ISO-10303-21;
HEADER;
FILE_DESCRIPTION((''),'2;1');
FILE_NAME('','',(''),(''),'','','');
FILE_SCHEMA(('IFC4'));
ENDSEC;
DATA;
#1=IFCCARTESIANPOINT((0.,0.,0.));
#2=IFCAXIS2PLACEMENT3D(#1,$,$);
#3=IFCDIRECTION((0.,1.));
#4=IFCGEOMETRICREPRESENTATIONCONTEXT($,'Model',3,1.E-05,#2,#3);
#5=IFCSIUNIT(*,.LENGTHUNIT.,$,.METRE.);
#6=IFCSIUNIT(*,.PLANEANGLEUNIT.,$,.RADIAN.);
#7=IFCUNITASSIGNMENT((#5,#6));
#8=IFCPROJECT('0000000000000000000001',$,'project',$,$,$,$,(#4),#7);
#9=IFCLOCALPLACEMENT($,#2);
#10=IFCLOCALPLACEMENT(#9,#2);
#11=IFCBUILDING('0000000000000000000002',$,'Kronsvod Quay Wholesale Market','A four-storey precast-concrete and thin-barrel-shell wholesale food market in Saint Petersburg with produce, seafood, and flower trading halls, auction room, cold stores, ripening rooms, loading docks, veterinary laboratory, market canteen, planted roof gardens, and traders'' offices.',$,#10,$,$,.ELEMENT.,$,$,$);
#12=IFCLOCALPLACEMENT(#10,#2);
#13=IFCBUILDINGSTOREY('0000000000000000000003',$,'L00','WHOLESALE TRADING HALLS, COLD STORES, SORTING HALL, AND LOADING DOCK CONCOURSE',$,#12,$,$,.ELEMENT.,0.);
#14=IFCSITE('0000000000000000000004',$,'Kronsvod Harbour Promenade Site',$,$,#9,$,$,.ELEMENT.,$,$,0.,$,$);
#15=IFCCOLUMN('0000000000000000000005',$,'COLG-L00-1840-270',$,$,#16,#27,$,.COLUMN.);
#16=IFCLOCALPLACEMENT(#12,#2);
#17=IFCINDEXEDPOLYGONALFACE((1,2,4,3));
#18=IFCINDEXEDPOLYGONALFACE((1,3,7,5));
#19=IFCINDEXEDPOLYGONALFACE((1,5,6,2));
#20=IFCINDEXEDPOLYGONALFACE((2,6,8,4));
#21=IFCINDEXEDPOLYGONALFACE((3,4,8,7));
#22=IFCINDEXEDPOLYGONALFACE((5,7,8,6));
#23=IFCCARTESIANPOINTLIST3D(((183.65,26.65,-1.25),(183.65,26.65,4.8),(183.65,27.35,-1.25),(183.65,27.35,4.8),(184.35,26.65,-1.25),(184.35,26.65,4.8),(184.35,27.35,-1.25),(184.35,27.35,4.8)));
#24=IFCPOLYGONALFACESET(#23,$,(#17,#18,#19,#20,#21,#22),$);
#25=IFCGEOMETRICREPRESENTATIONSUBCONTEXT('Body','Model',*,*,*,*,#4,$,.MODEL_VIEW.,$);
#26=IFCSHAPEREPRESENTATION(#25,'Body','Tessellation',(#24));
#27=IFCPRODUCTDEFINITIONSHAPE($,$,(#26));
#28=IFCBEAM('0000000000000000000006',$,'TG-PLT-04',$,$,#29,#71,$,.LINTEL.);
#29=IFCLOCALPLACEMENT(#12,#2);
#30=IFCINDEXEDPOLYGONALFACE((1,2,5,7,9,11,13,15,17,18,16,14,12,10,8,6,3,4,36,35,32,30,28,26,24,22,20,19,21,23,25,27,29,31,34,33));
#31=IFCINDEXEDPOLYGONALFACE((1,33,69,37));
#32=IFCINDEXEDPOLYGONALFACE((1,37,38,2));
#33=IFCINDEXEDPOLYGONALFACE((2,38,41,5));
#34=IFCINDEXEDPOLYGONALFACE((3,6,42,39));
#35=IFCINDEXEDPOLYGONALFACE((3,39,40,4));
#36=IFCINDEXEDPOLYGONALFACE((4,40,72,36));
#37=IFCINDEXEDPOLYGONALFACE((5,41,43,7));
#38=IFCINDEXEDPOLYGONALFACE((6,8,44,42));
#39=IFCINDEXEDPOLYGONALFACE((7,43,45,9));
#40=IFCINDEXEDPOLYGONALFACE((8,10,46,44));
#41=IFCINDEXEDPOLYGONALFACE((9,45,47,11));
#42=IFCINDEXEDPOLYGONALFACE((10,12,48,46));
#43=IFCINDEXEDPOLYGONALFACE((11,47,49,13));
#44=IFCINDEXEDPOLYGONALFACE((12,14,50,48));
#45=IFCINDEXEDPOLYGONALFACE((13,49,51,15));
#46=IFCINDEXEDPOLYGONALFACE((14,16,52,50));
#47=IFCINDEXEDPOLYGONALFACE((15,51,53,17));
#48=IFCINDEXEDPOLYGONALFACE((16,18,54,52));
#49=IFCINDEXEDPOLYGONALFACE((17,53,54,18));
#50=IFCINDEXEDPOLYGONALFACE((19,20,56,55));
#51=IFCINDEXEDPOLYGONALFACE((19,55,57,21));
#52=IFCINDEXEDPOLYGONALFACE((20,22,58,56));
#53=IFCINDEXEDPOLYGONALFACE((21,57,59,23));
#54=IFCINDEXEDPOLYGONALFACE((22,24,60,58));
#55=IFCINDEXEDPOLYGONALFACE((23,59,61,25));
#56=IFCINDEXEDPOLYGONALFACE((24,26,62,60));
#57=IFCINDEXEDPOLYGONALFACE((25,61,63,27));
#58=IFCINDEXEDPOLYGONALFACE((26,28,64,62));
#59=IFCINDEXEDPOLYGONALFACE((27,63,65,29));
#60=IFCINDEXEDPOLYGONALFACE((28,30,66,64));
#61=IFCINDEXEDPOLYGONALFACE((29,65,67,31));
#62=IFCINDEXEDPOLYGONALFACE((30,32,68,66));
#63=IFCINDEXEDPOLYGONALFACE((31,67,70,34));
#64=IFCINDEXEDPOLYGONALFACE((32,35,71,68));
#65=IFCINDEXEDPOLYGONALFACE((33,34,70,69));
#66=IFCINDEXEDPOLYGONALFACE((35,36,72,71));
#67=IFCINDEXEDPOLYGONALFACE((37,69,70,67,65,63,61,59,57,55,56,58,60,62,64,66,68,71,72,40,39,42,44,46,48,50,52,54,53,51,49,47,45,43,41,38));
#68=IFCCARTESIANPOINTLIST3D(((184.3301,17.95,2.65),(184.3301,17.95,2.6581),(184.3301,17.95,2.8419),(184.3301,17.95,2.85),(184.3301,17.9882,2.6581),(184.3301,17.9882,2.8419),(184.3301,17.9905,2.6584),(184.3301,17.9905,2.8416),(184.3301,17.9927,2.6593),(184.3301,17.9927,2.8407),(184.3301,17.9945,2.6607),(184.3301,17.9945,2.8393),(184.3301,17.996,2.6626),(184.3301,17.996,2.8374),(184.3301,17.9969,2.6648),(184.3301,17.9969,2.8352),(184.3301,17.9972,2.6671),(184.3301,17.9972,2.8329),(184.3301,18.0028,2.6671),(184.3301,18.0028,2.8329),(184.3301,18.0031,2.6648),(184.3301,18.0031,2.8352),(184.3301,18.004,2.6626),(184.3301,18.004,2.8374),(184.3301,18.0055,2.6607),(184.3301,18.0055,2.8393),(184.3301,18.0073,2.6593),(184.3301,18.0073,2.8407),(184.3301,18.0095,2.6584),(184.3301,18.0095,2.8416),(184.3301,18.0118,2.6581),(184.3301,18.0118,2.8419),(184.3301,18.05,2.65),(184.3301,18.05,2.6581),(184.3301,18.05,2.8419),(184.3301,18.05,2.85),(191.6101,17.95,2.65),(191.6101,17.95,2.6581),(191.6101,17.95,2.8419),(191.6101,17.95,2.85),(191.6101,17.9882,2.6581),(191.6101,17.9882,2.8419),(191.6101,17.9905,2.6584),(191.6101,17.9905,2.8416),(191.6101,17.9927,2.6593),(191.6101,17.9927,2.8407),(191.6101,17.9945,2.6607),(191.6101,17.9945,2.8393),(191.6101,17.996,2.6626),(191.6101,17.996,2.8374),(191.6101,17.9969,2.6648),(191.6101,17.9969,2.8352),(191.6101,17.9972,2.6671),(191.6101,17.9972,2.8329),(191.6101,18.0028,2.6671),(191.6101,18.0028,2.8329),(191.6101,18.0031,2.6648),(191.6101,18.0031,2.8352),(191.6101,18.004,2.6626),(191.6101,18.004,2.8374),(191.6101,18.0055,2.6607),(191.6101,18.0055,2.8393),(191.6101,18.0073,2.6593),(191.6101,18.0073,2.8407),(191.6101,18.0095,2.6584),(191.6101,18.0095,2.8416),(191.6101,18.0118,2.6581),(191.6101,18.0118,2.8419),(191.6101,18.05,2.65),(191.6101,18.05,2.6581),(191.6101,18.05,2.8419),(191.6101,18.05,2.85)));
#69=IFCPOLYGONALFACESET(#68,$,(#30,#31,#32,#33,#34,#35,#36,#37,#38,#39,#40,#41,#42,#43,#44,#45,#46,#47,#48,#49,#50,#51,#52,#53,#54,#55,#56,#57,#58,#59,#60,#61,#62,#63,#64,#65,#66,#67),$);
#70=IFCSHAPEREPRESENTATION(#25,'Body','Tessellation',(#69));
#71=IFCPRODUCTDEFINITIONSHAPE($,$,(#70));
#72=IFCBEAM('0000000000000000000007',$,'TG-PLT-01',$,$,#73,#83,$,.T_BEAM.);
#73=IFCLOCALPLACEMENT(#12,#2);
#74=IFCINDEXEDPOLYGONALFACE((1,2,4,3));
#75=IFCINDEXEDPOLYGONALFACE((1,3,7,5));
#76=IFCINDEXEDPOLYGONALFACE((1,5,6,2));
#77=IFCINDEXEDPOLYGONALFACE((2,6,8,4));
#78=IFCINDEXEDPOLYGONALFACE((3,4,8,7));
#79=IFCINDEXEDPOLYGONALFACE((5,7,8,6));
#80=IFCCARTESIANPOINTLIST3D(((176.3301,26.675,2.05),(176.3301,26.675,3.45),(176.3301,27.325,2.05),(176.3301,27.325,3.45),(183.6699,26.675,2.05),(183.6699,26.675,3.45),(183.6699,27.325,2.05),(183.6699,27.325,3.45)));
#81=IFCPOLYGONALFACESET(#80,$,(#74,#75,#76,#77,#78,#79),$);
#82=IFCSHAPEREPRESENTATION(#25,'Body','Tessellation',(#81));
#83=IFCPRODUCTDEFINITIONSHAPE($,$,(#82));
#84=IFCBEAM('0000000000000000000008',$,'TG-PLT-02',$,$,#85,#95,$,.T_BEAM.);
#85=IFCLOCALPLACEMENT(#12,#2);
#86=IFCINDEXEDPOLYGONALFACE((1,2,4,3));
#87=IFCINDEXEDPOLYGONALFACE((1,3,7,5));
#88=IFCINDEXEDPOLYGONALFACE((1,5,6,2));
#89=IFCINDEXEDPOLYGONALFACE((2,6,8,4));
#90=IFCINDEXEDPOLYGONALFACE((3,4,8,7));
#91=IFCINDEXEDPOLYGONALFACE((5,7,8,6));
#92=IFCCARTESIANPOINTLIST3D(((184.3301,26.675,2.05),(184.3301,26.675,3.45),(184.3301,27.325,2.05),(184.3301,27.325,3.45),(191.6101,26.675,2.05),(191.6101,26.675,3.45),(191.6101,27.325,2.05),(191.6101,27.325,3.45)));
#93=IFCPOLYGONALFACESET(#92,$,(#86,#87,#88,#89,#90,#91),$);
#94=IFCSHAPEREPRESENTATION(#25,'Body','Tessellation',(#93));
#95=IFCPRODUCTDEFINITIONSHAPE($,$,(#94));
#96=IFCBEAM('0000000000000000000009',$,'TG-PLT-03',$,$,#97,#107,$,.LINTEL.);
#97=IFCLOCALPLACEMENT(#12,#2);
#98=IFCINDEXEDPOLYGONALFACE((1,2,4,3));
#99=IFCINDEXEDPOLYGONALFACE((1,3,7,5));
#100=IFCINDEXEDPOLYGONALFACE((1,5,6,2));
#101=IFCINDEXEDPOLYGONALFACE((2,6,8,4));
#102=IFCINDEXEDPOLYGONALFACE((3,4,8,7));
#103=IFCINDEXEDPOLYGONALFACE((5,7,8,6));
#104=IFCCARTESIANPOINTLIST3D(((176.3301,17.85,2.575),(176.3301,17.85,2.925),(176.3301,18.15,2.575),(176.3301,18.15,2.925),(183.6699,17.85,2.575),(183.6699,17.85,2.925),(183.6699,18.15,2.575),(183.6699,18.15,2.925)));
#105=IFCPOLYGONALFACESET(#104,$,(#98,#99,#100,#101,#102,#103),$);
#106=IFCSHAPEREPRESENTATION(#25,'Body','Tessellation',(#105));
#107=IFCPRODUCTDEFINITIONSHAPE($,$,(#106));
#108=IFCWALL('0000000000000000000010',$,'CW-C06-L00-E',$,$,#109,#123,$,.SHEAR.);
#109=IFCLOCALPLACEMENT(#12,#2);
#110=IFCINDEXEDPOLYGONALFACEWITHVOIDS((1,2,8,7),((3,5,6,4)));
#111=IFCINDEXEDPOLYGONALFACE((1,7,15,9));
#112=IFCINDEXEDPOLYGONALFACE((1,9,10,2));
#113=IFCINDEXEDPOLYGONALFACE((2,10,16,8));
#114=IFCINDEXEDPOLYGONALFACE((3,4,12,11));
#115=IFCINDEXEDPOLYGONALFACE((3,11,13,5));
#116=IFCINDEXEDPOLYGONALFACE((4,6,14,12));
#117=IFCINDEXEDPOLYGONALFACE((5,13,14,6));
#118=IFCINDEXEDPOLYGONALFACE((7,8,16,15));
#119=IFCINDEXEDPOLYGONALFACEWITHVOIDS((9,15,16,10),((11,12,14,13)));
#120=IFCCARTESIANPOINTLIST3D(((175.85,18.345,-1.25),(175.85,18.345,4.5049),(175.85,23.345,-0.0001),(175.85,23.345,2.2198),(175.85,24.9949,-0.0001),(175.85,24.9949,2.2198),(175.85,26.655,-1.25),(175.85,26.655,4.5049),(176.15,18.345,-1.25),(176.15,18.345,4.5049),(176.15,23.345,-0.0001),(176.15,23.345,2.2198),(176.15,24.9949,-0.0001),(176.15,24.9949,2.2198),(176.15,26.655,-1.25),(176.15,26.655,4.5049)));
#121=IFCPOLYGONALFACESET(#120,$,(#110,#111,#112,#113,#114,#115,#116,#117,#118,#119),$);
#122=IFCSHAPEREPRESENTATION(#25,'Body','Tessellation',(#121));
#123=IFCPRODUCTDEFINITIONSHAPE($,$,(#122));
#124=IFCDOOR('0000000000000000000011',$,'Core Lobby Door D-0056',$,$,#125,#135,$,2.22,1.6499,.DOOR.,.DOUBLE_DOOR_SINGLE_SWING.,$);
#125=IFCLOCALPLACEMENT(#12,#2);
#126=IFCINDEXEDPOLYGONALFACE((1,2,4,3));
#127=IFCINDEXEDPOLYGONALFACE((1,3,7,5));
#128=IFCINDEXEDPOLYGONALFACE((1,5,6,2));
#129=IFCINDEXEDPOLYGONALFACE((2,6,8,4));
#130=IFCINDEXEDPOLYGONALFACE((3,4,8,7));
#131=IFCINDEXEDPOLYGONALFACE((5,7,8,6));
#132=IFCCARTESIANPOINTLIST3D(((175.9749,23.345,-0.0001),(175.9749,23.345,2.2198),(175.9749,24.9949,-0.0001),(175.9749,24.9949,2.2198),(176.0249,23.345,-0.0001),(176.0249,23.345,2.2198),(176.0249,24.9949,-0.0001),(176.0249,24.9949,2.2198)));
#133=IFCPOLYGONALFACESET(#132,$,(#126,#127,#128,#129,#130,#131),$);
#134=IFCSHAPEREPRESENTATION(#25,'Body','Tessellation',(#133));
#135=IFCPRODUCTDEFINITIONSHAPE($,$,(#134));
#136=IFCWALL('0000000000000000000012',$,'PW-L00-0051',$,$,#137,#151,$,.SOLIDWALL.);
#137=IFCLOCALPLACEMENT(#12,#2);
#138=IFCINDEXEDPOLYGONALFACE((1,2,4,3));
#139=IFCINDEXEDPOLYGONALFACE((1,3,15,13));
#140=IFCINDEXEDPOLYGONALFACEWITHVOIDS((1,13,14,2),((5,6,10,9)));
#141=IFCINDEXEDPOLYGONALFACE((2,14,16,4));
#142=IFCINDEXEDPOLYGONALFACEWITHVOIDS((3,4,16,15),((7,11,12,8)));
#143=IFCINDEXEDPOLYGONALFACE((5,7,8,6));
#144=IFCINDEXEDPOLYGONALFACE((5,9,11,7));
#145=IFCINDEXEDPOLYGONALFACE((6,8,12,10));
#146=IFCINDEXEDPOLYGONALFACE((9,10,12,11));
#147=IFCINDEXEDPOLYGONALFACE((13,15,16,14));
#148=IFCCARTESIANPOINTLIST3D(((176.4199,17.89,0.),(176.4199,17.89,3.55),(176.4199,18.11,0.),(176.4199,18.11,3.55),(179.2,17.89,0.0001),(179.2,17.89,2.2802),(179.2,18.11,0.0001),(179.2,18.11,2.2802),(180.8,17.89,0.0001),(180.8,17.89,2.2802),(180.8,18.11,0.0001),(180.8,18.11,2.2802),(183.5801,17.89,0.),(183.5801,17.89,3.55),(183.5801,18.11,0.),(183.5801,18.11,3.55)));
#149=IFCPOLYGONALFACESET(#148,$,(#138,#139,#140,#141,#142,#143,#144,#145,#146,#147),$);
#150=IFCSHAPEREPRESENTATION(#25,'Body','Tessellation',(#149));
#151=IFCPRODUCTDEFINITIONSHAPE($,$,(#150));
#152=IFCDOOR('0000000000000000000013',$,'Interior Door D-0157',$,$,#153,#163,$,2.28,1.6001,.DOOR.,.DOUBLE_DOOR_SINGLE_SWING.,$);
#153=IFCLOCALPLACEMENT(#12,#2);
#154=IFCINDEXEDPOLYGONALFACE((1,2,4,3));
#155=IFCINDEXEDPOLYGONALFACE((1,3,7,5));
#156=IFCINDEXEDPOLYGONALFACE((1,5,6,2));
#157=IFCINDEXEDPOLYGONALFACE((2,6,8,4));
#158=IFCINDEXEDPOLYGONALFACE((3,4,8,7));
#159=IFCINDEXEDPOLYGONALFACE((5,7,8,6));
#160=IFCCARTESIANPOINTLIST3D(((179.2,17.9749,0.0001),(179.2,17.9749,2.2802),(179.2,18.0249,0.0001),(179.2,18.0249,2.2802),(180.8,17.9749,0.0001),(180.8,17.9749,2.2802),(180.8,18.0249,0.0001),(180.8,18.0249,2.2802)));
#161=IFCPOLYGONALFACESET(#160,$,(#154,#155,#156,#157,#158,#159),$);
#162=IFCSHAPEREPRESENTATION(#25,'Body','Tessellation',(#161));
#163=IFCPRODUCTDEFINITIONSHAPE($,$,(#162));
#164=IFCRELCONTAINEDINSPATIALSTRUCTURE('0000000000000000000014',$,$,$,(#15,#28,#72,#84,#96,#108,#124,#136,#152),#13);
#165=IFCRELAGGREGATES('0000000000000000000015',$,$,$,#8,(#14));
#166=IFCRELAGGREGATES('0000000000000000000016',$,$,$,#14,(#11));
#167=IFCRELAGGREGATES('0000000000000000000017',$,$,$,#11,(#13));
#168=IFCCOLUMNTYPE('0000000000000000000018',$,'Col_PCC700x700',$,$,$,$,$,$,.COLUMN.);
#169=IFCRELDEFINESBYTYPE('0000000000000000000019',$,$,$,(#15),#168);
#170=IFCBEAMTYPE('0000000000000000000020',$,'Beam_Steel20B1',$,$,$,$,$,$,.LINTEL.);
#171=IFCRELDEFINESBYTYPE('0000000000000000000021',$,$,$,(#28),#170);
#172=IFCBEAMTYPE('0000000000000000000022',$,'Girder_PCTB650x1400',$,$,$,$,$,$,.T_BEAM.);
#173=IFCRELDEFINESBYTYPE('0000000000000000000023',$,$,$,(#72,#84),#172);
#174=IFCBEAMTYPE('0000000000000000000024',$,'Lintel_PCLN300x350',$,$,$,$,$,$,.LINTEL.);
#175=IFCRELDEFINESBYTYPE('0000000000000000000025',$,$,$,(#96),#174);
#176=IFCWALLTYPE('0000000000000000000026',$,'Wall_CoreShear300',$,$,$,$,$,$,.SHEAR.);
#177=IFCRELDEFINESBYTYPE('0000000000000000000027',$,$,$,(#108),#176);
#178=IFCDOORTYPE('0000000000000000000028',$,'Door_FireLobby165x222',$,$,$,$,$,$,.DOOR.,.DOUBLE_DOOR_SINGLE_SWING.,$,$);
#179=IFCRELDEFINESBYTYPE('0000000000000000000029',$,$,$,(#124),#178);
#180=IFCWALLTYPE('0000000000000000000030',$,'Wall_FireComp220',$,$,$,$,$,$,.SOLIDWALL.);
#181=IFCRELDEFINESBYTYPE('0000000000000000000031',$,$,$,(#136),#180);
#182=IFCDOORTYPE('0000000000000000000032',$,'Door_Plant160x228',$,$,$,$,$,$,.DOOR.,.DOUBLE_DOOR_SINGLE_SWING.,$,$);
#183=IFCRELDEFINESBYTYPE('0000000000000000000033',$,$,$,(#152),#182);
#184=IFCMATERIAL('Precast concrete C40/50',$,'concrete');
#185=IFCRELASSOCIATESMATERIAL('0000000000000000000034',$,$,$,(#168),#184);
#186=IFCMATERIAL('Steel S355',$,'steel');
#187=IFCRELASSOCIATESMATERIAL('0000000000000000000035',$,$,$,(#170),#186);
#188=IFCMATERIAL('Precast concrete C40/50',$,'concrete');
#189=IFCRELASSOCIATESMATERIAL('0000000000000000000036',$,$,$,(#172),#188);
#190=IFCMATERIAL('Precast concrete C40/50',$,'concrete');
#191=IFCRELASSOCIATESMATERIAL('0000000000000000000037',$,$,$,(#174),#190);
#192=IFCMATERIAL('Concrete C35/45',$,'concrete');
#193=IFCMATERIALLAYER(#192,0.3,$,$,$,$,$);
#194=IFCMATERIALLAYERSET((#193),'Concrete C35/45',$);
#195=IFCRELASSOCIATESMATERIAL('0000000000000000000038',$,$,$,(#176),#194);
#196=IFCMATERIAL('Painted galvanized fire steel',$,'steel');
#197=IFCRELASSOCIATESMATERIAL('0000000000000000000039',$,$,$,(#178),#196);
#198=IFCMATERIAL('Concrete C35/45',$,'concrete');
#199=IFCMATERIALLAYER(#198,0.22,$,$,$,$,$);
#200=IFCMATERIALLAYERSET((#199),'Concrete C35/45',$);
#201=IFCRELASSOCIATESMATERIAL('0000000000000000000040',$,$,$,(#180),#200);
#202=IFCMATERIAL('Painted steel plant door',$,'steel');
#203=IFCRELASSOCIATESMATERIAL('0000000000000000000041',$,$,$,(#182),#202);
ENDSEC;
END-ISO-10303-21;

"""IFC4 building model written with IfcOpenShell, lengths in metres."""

from ifc_helpers import new_model, si_unit, direction, frame, frame_2d, origin, origin_2d, place, context, subcontext, project, spatial, rectangle, i_section, extrude, material, layer, layer_set, material_profile, profile_set, type_object, element, fill, save


model = new_model("IFC4")

# Units and contexts
model_context = context("Model", 3, precision=1e-05, world=origin(), true_north=direction((0.0, 1.0)))
body_context = subcontext(model_context, "Body", "Model", "MODEL_VIEW")
ifc_project = project(units=[si_unit("LENGTHUNIT", "METRE"), si_unit("PLANEANGLEUNIT", "RADIAN")], contexts=[model_context])

# Site, building, storey
site_placement = place(None, origin())
site = spatial("IfcSite", under=ifc_project, at=site_placement, Name="Kronsvod Harbour Promenade Site", CompositionType="ELEMENT", RefElevation=0.0)
building_placement = place(site_placement, origin())
building = spatial("IfcBuilding", under=site, at=building_placement, Name="Kronsvod Quay Wholesale Market", Description="A four-storey precast-concrete and thin-barrel-shell wholesale food market in Saint Petersburg with produce, seafood, and flower trading halls, auction room, cold stores, ripening rooms, loading docks, veterinary laboratory, market canteen, planted roof gardens, and traders' offices.", CompositionType="ELEMENT")
storey_placement = place(building_placement, origin())
storey = spatial("IfcBuildingStorey", under=building, at=storey_placement, Name="L00", Description="WHOLESALE TRADING HALLS, COLD STORES, SORTING HALL, AND LOADING DOCK CONCOURSE", CompositionType="ELEMENT", Elevation=0.0)

# Column
ifc_material_1 = material(Name="Precast concrete C40/50", Category="concrete")
ifc_material_profile_1 = material_profile(ifc_material_1, rectangle(XDim=0.7, YDim=0.7, at=origin_2d()), Name="PCC700x700")
ifc_profile_set_1 = profile_set([ifc_material_profile_1], Name="Precast concrete C40/50")
column_type = type_object("IfcColumnType", Name="Col_PCC700x700", PredefinedType="COLUMN", material=ifc_profile_set_1)
for number, where, z_axis, x_axis, name in (
    (1, (184.0, 27.0, -1.25), (0.0, 0.0, 1.0), (1.0, 0.0, 0.0), "COLG-L00-1840-270"),
):
    element("IfcColumn", number, at=place(storey_placement, frame(where, z_axis=z_axis, x_axis=x_axis)), inside=storey, type_object=column_type, Name=name, PredefinedType="COLUMN", context=body_context, shape_type="SweptSolid", body=[
        extrude(rectangle(XDim=0.7, YDim=0.7, at=origin_2d()), origin(), (0.0, 0.0, 1.0), 6.05),
    ])

# Beams
ifc_material_2 = material(Name="Steel S355", Category="steel")
ifc_material_profile_2 = material_profile(ifc_material_2, i_section(OverallWidth=0.1001, OverallDepth=0.2, WebThickness=0.0056, FlangeThickness=0.0081, FilletRadius=0.009, at=origin_2d()), Name="20B1")
ifc_profile_set_2 = profile_set([ifc_material_profile_2], Name="Steel S355")
beam_type_1 = type_object("IfcBeamType", Name="Beam_Steel20B1", PredefinedType="LINTEL", material=ifc_profile_set_2)
beam_1_placement = place(storey_placement, frame((184.3301, 18.0, 2.75), z_axis=(1.0, 0.0, 0.0), x_axis=(0.0, 1.0, 0.0)))
element("IfcBeam", 2, at=beam_1_placement, inside=storey, type_object=beam_type_1, Name="TG-PLT-04", PredefinedType="LINTEL", context=body_context, shape_type="SweptSolid", body=[
    extrude(i_section(OverallWidth=0.1001, OverallDepth=0.2, WebThickness=0.0056, FlangeThickness=0.0081, FilletRadius=0.009, at=origin_2d()), origin(), (0.0, 0.0, 1.0), 7.28),
])
ifc_material_3 = material(Name="Precast concrete C40/50", Category="concrete")
ifc_material_profile_3 = material_profile(ifc_material_3, rectangle(XDim=0.6499, YDim=1.3999, at=origin_2d()), Name="PCTB650x1400")
ifc_profile_set_3 = profile_set([ifc_material_profile_3], Name="Precast concrete C40/50")
beam_type_2 = type_object("IfcBeamType", Name="Girder_PCTB650x1400", PredefinedType="T_BEAM", material=ifc_profile_set_3)
beam_2_placement = place(storey_placement, frame((176.3301, 27.0, 2.75), z_axis=(1.0, 0.0, 0.0), x_axis=(0.0, 1.0, 0.0)))
element("IfcBeam", 3, at=beam_2_placement, inside=storey, type_object=beam_type_2, Name="TG-PLT-01", PredefinedType="T_BEAM", context=body_context, shape_type="SweptSolid", body=[
    extrude(rectangle(XDim=0.6499, YDim=1.3999, at=origin_2d()), origin(), (0.0, 0.0, 1.0), 7.3398),
])
beam_3_placement = place(storey_placement, frame((184.3301, 27.0, 2.75), z_axis=(1.0, 0.0, 0.0), x_axis=(0.0, 1.0, 0.0)))
element("IfcBeam", 4, at=beam_3_placement, inside=storey, type_object=beam_type_2, Name="TG-PLT-02", PredefinedType="T_BEAM", context=body_context, shape_type="SweptSolid", body=[
    extrude(rectangle(XDim=0.6499, YDim=1.3999, at=origin_2d()), origin(), (0.0, 0.0, 1.0), 7.28),
])
ifc_material_4 = material(Name="Precast concrete C40/50", Category="concrete")
ifc_material_profile_4 = material_profile(ifc_material_4, rectangle(XDim=0.3, YDim=0.3501, at=origin_2d()), Name="PCLN300x350")
ifc_profile_set_4 = profile_set([ifc_material_profile_4], Name="Precast concrete C40/50")
beam_type_3 = type_object("IfcBeamType", Name="Lintel_PCLN300x350", PredefinedType="LINTEL", material=ifc_profile_set_4)
beam_4_placement = place(storey_placement, frame((176.3301, 18.0, 2.75), z_axis=(1.0, 0.0, 0.0), x_axis=(0.0, 1.0, 0.0)))
element("IfcBeam", 5, at=beam_4_placement, inside=storey, type_object=beam_type_3, Name="TG-PLT-03", PredefinedType="LINTEL", context=body_context, shape_type="SweptSolid", body=[
    extrude(rectangle(XDim=0.3, YDim=0.3501, at=origin_2d()), origin(), (0.0, 0.0, 1.0), 7.3398),
])

# Walls, openings, doors
ifc_material_5 = material(Name="Concrete C35/45", Category="concrete")
ifc_layer_1 = layer(ifc_material_5, 0.3)
ifc_layer_set_1 = layer_set([ifc_layer_1], Name="Concrete C35/45")
wall_type_1 = type_object("IfcWallType", Name="Wall_CoreShear300", PredefinedType="SHEAR", material=ifc_layer_set_1)
wall_1_placement = place(storey_placement, frame((176.0, 18.345, -1.25), z_axis=(0.0, 0.0, 1.0), x_axis=(0.0, 1.0, 0.0)))
wall_1 = element("IfcWall", 6, at=wall_1_placement, inside=storey, type_object=wall_type_1, Name="CW-C06-L00-E", PredefinedType="SHEAR", context=body_context, shape_type="SweptSolid", body=[
    extrude(rectangle(XDim=8.3101, YDim=0.3, at=frame_2d((4.155, 0.0))), origin(), (0.0, 0.0, 1.0), 5.7549),
])
opening_1_placement = place(wall_1_placement, frame((5.0, 0.0, 1.25)))
opening_1 = element("IfcOpeningElement", 7, at=opening_1_placement, cuts=wall_1, PredefinedType="OPENING", context=body_context, shape_type="SweptSolid", body=[
    extrude(rectangle(XDim=1.6499, YDim=2.22, at=frame_2d((0.825, 1.1099))), frame((0.0, 0.1602, 0.0), z_axis=(0.0, -1.0, 0.0), x_axis=(1.0, 0.0, 0.0)), (0.0, 0.0, 1.0), 0.3201),
])
ifc_material_6 = material(Name="Painted galvanized fire steel", Category="steel")
door_type_1 = type_object("IfcDoorType", Name="Door_FireLobby165x222", OperationType="DOUBLE_DOOR_SINGLE_SWING", PredefinedType="DOOR", material=ifc_material_6)
door_1_placement = place(opening_1_placement, frame((1.6499, 0.0, 0.0), z_axis=(0.0, 0.0, 1.0), x_axis=(-1.0, 0.0, 0.0)))
door_1 = element("IfcDoor", 8, at=door_1_placement, inside=storey, type_object=door_type_1, Name="Core Lobby Door D-0056", OperationType="DOUBLE_DOOR_SINGLE_SWING", OverallHeight=2.22, OverallWidth=1.6499, PredefinedType="DOOR", context=body_context, shape_type="SweptSolid", body=[
    extrude(rectangle(XDim=1.6499, YDim=2.22, at=frame_2d((0.825, 1.1099))), frame((0.0, 0.0249, 0.0), z_axis=(0.0, -1.0, 0.0), x_axis=(1.0, 0.0, 0.0)), (0.0, 0.0, 1.0), 0.05),
])
fill(opening_1, door_1)
ifc_material_7 = material(Name="Concrete C35/45", Category="concrete")
ifc_layer_2 = layer(ifc_material_7, 0.22)
ifc_layer_set_2 = layer_set([ifc_layer_2], Name="Concrete C35/45")
wall_type_2 = type_object("IfcWallType", Name="Wall_FireComp220", PredefinedType="SOLIDWALL", material=ifc_layer_set_2)
wall_2_placement = place(storey_placement, frame((176.4199, 18.0, 0.0), z_axis=(0.0, 0.0, 1.0), x_axis=(1.0, 0.0, 0.0)))
wall_2 = element("IfcWall", 9, at=wall_2_placement, inside=storey, type_object=wall_type_2, Name="PW-L00-0051", PredefinedType="SOLIDWALL", context=body_context, shape_type="SweptSolid", body=[
    extrude(rectangle(XDim=7.1602, YDim=0.22, at=frame_2d((3.5801, 0.0))), origin(), (0.0, 0.0, 1.0), 3.55),
])
opening_2_placement = place(wall_2_placement, frame((2.78, 0.0, 0.0)))
opening_2 = element("IfcOpeningElement", 10, at=opening_2_placement, cuts=wall_2, PredefinedType="OPENING", context=body_context, shape_type="SweptSolid", body=[
    extrude(rectangle(XDim=1.6001, YDim=2.28, at=frame_2d((0.8, 1.1401))), frame((0.0, 0.1201, 0.0), z_axis=(0.0, -1.0, 0.0), x_axis=(1.0, 0.0, 0.0)), (0.0, 0.0, 1.0), 0.24),
])
ifc_material_8 = material(Name="Painted steel plant door", Category="steel")
door_type_2 = type_object("IfcDoorType", Name="Door_Plant160x228", OperationType="DOUBLE_DOOR_SINGLE_SWING", PredefinedType="DOOR", material=ifc_material_8)
door_2_placement = place(opening_2_placement, origin())
door_2 = element("IfcDoor", 11, at=door_2_placement, inside=storey, type_object=door_type_2, Name="Interior Door D-0157", OperationType="DOUBLE_DOOR_SINGLE_SWING", OverallHeight=2.28, OverallWidth=1.6001, PredefinedType="DOOR", context=body_context, shape_type="SweptSolid", body=[
    extrude(rectangle(XDim=1.6001, YDim=2.28, at=frame_2d((0.8, 1.1401))), frame((0.0, 0.0249, 0.0), z_axis=(0.0, -1.0, 0.0), x_axis=(1.0, 0.0, 0.0)), (0.0, 0.0, 1.0), 0.05),
])
fill(opening_2, door_2)

save(model, "model.ifc")
